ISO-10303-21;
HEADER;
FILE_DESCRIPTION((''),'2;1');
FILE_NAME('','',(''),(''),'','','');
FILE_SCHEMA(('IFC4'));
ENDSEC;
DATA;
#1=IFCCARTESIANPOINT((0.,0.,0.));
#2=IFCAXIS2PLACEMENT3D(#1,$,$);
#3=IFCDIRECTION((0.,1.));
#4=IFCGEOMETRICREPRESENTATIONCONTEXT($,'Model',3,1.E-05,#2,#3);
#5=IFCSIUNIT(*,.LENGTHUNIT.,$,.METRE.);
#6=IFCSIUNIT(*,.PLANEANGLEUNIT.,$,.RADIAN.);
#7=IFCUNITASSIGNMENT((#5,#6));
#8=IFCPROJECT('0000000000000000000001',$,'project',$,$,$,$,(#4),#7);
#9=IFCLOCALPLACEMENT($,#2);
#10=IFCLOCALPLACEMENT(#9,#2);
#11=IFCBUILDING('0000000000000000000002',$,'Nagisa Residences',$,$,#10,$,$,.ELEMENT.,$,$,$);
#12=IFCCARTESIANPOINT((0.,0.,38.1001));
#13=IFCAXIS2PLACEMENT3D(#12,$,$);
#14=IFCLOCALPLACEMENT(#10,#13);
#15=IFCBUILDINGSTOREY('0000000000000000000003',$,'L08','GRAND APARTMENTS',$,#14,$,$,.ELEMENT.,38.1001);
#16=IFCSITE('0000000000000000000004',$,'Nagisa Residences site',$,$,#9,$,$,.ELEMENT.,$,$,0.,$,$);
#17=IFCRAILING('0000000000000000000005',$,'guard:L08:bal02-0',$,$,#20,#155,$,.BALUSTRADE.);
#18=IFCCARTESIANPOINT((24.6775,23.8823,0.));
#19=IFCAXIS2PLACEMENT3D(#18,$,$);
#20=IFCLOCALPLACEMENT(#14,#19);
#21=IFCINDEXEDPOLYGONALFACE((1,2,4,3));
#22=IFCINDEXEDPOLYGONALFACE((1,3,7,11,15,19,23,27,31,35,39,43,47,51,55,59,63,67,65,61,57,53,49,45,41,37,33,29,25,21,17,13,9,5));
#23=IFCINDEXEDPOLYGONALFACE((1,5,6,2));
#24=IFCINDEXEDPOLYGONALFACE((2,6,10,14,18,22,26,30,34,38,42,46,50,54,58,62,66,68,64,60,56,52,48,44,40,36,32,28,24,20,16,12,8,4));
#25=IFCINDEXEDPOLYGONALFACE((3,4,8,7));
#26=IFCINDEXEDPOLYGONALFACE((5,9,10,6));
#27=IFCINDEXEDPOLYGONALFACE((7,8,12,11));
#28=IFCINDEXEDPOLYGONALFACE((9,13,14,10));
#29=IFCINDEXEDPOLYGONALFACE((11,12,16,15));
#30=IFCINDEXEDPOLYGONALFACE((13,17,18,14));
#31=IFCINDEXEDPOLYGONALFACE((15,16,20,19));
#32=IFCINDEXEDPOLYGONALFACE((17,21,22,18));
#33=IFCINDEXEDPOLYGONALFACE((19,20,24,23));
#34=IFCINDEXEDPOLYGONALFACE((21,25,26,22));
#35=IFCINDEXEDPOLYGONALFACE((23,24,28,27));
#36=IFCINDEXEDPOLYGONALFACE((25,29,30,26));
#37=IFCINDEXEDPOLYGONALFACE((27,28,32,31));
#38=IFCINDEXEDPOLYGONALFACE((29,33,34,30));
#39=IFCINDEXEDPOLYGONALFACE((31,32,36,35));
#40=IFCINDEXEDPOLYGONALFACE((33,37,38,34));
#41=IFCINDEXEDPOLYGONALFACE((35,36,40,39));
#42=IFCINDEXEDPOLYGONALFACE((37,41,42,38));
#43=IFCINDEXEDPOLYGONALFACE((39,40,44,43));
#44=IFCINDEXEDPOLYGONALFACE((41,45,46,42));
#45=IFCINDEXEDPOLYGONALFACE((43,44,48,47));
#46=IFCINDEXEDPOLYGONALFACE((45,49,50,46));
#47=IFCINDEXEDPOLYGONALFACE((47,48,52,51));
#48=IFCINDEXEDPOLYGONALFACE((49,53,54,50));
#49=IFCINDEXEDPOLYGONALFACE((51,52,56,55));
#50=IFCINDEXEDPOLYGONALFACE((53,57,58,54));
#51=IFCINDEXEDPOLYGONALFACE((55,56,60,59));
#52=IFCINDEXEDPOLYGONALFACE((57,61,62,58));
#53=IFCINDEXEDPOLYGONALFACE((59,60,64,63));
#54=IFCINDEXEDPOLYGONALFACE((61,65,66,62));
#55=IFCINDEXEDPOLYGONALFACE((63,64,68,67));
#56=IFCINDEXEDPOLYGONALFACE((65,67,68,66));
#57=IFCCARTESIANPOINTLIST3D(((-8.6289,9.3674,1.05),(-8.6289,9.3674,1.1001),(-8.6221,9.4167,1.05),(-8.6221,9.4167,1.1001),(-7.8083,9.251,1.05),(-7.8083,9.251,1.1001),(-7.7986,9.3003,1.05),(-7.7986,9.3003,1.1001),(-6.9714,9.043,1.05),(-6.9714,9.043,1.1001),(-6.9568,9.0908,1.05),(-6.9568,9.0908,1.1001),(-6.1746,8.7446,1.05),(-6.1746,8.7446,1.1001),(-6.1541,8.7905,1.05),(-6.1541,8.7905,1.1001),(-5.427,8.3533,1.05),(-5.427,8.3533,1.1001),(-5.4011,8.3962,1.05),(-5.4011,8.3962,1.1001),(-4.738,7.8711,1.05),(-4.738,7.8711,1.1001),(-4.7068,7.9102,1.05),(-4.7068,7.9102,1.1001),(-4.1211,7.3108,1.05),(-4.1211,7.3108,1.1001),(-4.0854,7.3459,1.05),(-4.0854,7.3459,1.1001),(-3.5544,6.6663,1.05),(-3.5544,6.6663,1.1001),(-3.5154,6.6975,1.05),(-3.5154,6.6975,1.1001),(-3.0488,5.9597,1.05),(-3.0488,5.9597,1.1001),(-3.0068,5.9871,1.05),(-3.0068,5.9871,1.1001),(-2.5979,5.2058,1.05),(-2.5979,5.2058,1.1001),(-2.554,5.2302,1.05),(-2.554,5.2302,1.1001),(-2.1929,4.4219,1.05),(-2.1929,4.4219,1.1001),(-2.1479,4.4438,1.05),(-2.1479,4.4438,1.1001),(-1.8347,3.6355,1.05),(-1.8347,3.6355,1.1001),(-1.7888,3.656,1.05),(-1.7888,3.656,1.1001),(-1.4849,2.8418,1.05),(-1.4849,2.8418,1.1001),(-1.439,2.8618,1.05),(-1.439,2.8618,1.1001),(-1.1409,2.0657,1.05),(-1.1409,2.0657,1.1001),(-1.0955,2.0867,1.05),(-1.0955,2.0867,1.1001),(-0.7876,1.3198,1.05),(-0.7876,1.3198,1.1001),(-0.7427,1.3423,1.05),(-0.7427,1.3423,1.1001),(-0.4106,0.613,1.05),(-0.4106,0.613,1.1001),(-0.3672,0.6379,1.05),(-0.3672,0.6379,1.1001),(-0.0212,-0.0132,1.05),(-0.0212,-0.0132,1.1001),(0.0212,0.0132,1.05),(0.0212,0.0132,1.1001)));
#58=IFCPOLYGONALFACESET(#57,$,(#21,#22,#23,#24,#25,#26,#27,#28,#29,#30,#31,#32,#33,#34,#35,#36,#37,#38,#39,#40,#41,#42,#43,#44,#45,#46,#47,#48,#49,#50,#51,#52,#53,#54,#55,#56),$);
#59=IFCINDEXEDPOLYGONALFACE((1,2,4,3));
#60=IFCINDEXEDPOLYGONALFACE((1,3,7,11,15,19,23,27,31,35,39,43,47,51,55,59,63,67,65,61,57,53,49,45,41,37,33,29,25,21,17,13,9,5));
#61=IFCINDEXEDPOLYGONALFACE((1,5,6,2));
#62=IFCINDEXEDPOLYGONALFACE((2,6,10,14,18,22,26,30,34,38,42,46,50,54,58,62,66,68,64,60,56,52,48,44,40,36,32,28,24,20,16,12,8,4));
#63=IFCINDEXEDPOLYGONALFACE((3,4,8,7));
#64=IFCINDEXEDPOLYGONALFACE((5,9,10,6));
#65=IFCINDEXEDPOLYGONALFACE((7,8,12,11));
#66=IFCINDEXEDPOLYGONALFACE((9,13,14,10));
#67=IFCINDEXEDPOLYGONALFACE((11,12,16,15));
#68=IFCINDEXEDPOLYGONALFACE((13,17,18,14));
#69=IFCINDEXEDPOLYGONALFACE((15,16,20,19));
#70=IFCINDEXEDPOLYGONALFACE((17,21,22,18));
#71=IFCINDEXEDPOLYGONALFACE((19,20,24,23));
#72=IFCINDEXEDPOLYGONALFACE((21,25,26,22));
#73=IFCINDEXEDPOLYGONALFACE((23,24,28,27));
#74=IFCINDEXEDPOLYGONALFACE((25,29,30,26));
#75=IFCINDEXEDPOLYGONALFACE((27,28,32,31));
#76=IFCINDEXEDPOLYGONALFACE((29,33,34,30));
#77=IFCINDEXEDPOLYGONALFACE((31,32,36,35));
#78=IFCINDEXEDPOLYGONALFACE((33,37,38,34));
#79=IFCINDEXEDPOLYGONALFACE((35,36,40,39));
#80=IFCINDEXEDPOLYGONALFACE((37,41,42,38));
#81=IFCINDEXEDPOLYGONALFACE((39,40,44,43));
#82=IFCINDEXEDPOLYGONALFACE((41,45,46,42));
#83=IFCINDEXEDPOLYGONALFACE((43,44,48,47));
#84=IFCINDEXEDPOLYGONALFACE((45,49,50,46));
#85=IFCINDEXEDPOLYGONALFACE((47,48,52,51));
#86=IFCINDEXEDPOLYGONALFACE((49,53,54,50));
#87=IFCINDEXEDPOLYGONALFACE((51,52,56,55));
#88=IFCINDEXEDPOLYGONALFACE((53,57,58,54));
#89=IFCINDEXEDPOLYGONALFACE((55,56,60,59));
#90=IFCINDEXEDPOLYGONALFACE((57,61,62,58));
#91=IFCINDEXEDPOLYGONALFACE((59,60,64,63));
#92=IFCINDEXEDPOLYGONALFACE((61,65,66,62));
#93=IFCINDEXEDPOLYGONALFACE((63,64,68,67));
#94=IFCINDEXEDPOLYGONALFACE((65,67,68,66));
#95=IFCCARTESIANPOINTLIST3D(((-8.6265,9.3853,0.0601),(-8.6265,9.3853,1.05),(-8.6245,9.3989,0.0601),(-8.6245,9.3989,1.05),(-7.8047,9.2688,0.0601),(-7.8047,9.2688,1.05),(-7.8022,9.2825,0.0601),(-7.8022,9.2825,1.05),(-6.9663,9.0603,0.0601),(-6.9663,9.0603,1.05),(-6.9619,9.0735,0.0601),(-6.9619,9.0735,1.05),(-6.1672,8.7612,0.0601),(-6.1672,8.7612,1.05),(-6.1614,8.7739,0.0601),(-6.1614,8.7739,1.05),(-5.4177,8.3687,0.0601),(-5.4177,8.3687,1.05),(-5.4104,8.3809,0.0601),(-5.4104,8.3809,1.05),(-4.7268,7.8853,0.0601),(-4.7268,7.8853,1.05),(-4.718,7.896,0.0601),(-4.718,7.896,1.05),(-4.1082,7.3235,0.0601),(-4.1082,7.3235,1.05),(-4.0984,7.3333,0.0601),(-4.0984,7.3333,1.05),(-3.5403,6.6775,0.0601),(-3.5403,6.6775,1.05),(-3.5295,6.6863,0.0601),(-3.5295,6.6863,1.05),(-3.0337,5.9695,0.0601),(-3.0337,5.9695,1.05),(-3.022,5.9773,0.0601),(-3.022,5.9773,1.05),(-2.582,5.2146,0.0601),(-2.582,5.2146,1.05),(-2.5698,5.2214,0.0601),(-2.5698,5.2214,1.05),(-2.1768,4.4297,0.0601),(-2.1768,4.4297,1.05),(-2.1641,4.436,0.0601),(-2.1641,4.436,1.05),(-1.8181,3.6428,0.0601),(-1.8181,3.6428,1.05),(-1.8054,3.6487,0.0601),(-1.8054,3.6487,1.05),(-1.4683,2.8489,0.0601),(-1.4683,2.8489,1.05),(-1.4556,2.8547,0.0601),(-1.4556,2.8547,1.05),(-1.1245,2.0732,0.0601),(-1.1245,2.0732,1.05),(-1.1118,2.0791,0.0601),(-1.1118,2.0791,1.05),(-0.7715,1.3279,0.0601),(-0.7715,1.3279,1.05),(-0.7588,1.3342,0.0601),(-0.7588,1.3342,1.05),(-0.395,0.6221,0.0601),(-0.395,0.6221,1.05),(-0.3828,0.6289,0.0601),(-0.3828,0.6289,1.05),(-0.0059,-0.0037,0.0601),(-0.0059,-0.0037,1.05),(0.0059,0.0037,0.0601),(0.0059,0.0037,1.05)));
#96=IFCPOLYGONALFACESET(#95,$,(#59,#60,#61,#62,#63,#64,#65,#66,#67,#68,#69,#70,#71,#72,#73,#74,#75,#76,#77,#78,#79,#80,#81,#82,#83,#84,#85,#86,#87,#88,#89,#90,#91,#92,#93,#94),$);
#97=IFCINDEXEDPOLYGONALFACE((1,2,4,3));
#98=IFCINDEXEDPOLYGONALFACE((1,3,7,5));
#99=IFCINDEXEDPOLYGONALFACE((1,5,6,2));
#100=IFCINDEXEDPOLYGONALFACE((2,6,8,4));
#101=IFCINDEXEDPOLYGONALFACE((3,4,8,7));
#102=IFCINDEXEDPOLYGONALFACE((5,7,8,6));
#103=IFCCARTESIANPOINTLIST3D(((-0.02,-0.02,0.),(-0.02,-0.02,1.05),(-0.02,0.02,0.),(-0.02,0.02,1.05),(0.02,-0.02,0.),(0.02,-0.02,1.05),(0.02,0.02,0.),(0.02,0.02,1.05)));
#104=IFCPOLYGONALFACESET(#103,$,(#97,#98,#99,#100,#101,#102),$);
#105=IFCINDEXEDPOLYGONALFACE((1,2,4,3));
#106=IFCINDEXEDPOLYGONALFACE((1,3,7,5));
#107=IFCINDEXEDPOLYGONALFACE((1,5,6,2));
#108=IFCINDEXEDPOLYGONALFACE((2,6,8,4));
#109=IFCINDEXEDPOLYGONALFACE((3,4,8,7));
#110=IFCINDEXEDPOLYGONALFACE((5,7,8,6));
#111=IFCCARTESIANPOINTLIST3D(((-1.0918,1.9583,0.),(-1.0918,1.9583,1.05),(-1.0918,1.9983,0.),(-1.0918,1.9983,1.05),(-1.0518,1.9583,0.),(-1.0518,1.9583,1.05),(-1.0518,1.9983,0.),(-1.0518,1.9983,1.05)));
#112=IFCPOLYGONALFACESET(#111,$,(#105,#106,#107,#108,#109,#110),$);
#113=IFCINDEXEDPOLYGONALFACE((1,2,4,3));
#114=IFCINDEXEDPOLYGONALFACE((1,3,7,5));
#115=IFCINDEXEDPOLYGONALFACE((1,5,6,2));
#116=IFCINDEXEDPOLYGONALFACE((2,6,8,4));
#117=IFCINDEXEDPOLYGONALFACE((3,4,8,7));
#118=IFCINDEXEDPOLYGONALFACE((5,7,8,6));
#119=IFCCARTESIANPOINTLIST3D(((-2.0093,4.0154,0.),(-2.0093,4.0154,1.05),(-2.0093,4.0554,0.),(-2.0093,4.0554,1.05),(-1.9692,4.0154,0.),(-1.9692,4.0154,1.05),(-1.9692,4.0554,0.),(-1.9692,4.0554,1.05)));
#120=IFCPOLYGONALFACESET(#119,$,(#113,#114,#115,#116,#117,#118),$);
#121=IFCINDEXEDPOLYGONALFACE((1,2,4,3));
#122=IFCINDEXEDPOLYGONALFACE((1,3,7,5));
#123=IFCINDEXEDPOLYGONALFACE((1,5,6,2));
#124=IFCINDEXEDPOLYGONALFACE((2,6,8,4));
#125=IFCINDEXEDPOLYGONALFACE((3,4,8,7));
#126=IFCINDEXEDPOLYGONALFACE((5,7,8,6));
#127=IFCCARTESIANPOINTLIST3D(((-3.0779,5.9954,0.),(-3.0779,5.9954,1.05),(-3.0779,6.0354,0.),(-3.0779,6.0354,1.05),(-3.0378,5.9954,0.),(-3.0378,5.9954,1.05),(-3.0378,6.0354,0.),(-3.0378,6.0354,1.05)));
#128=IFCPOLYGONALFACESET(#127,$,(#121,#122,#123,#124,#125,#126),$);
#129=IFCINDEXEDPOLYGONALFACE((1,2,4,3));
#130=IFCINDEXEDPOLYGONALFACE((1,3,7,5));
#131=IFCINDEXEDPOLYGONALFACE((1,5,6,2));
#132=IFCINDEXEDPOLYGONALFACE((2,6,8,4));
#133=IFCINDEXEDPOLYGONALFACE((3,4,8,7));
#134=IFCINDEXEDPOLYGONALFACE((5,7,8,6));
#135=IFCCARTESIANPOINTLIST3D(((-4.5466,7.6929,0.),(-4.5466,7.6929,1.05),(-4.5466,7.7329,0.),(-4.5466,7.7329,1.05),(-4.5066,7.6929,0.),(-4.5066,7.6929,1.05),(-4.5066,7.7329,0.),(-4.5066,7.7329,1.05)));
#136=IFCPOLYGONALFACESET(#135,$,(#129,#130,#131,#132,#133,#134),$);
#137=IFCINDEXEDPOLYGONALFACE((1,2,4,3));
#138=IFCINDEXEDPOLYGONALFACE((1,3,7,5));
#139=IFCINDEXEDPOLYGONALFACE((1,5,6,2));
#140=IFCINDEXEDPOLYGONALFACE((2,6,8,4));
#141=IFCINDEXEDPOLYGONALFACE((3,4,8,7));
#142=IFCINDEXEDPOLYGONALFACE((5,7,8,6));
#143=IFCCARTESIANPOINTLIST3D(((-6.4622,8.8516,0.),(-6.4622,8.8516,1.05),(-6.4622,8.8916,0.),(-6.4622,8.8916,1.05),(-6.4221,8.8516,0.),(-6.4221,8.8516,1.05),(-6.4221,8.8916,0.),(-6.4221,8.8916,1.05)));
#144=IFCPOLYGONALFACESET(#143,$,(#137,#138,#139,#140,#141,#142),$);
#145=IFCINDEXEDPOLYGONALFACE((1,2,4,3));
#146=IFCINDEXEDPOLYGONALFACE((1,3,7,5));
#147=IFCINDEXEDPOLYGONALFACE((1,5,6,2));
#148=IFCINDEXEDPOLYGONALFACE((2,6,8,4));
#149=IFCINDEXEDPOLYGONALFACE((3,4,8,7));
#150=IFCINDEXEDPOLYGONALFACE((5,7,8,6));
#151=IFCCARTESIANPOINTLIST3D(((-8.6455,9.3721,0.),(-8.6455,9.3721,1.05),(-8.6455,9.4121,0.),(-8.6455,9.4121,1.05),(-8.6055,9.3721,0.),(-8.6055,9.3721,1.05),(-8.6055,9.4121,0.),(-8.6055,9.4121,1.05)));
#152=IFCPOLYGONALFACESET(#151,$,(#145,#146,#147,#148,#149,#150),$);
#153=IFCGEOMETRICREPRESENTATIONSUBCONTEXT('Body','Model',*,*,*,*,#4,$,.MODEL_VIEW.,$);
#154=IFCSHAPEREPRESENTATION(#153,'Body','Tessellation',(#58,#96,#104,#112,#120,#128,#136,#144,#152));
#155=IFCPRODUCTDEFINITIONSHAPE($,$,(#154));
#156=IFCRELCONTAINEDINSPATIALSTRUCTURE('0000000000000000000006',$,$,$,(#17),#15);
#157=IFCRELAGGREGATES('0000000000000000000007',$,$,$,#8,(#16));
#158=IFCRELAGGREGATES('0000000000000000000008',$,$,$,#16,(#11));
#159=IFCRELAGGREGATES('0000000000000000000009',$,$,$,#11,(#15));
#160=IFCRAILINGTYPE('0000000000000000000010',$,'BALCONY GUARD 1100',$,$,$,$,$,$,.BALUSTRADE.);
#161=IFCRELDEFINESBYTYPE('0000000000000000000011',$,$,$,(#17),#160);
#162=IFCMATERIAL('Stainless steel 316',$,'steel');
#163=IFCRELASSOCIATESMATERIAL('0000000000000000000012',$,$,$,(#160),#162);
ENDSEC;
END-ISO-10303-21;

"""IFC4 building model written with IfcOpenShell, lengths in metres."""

from ifc_helpers import new_model, si_unit, direction, frame, origin, origin_2d, place, context, subcontext, project, spatial, polyline, rectangle, outline, extrude, material, type_object, element, save


model = new_model("IFC4")

# Units and contexts
model_context = context("Model", 3, precision=1e-05, world=origin(), true_north=direction((0.0, 1.0)))
body_context = subcontext(model_context, "Body", "Model", "MODEL_VIEW")
ifc_project = project(units=[si_unit("LENGTHUNIT", "METRE"), si_unit("PLANEANGLEUNIT", "RADIAN")], contexts=[model_context])

# Site, building, storey
site_placement = place(None, origin())
site = spatial("IfcSite", under=ifc_project, at=site_placement, Name="Nagisa Residences site", CompositionType="ELEMENT", RefElevation=0.0)
building_placement = place(site_placement, origin())
building = spatial("IfcBuilding", under=site, at=building_placement, Name="Nagisa Residences", CompositionType="ELEMENT")
storey_placement = place(building_placement, frame((0.0, 0.0, 38.1001)))
storey = spatial("IfcBuildingStorey", under=building, at=storey_placement, Name="L08", Description="GRAND APARTMENTS", CompositionType="ELEMENT", Elevation=38.1001)

# Railing
ifc_material_1 = material(Name="Stainless steel 316", Category="steel")
railing_type = type_object("IfcRailingType", Name="BALCONY GUARD 1100", PredefinedType="BALUSTRADE", material=ifc_material_1)
railing_1_placement = place(storey_placement, frame((24.6775, 23.8823, 0.0)))
element("IfcRailing", 1, at=railing_1_placement, inside=storey, type_object=railing_type, Name="guard:L08:bal02-0", PredefinedType="BALUSTRADE", context=body_context, shape_type="SweptSolid", body=[
    extrude(outline(polyline([(-0.4106, 0.613), (-0.0212, -0.0132), (0.0212, 0.0132), (-0.3672, 0.6379), (-0.7427, 1.3423), (-1.0955, 2.0867), (-1.439, 2.8618), (-1.7888, 3.656), (-2.1479, 4.4438), (-2.554, 5.2302), (-3.0068, 5.9871), (-3.5154, 6.6975), (-4.0854, 7.3459), (-4.7068, 7.9102), (-5.4011, 8.3962), (-6.1541, 8.7905), (-6.9568, 9.0908), (-7.7986, 9.3003), (-8.6221, 9.4167), (-8.6289, 9.3674), (-7.8083, 9.251), (-6.9714, 9.043), (-6.1746, 8.7446), (-5.427, 8.3533), (-4.738, 7.8711), (-4.1211, 7.3108), (-3.5544, 6.6663), (-3.0488, 5.9597), (-2.5979, 5.2058), (-2.1929, 4.4219), (-1.8347, 3.6355), (-1.4849, 2.8418), (-1.1409, 2.0657), (-0.7876, 1.3198), (-0.4106, 0.613)])), frame((0.0, 0.0, 1.05)), (0.0, 0.0, 1.0), 0.05),
    extrude(outline(polyline([(-0.395, 0.6221), (-0.0059, -0.0037), (0.0059, 0.0037), (-0.3828, 0.6289), (-0.7588, 1.3342), (-1.1118, 2.0791), (-1.4556, 2.8547), (-1.8054, 3.6487), (-2.1641, 4.436), (-2.5698, 5.2214), (-3.022, 5.9773), (-3.5295, 6.6863), (-4.0984, 7.3333), (-4.718, 7.896), (-5.4104, 8.3809), (-6.1614, 8.7739), (-6.9619, 9.0735), (-7.8022, 9.2825), (-8.6245, 9.3989), (-8.6265, 9.3853), (-7.8047, 9.2688), (-6.9663, 9.0603), (-6.1672, 8.7612), (-5.4177, 8.3687), (-4.7268, 7.8853), (-4.1082, 7.3235), (-3.5403, 6.6775), (-3.0337, 5.9695), (-2.582, 5.2146), (-2.1768, 4.4297), (-1.8181, 3.6428), (-1.4683, 2.8489), (-1.1245, 2.0732), (-0.7715, 1.3279), (-0.395, 0.6221)])), frame((0.0, 0.0, 0.0601)), (0.0, 0.0, 1.0), 0.99),
    extrude(rectangle(XDim=0.04, YDim=0.04, at=origin_2d()), origin(), (0.0, 0.0, 1.0), 1.05),
    extrude(rectangle(XDim=0.04, YDim=0.04, at=origin_2d()), frame((-1.0718, 1.9783, 0.0)), (0.0, 0.0, 1.0), 1.05),
    extrude(rectangle(XDim=0.04, YDim=0.04, at=origin_2d()), frame((-1.9893, 4.0354, 0.0)), (0.0, 0.0, 1.0), 1.05),
    extrude(rectangle(XDim=0.04, YDim=0.04, at=origin_2d()), frame((-3.0579, 6.0154, 0.0)), (0.0, 0.0, 1.0), 1.05),
    extrude(rectangle(XDim=0.04, YDim=0.04, at=origin_2d()), frame((-4.5266, 7.7129, 0.0)), (0.0, 0.0, 1.0), 1.05),
    extrude(rectangle(XDim=0.04, YDim=0.04, at=origin_2d()), frame((-6.4421, 8.8716, 0.0)), (0.0, 0.0, 1.0), 1.05),
    extrude(rectangle(XDim=0.04, YDim=0.04, at=origin_2d()), frame((-8.6255, 9.3921, 0.0)), (0.0, 0.0, 1.0), 1.05),
])

save(model, "model.ifc")
